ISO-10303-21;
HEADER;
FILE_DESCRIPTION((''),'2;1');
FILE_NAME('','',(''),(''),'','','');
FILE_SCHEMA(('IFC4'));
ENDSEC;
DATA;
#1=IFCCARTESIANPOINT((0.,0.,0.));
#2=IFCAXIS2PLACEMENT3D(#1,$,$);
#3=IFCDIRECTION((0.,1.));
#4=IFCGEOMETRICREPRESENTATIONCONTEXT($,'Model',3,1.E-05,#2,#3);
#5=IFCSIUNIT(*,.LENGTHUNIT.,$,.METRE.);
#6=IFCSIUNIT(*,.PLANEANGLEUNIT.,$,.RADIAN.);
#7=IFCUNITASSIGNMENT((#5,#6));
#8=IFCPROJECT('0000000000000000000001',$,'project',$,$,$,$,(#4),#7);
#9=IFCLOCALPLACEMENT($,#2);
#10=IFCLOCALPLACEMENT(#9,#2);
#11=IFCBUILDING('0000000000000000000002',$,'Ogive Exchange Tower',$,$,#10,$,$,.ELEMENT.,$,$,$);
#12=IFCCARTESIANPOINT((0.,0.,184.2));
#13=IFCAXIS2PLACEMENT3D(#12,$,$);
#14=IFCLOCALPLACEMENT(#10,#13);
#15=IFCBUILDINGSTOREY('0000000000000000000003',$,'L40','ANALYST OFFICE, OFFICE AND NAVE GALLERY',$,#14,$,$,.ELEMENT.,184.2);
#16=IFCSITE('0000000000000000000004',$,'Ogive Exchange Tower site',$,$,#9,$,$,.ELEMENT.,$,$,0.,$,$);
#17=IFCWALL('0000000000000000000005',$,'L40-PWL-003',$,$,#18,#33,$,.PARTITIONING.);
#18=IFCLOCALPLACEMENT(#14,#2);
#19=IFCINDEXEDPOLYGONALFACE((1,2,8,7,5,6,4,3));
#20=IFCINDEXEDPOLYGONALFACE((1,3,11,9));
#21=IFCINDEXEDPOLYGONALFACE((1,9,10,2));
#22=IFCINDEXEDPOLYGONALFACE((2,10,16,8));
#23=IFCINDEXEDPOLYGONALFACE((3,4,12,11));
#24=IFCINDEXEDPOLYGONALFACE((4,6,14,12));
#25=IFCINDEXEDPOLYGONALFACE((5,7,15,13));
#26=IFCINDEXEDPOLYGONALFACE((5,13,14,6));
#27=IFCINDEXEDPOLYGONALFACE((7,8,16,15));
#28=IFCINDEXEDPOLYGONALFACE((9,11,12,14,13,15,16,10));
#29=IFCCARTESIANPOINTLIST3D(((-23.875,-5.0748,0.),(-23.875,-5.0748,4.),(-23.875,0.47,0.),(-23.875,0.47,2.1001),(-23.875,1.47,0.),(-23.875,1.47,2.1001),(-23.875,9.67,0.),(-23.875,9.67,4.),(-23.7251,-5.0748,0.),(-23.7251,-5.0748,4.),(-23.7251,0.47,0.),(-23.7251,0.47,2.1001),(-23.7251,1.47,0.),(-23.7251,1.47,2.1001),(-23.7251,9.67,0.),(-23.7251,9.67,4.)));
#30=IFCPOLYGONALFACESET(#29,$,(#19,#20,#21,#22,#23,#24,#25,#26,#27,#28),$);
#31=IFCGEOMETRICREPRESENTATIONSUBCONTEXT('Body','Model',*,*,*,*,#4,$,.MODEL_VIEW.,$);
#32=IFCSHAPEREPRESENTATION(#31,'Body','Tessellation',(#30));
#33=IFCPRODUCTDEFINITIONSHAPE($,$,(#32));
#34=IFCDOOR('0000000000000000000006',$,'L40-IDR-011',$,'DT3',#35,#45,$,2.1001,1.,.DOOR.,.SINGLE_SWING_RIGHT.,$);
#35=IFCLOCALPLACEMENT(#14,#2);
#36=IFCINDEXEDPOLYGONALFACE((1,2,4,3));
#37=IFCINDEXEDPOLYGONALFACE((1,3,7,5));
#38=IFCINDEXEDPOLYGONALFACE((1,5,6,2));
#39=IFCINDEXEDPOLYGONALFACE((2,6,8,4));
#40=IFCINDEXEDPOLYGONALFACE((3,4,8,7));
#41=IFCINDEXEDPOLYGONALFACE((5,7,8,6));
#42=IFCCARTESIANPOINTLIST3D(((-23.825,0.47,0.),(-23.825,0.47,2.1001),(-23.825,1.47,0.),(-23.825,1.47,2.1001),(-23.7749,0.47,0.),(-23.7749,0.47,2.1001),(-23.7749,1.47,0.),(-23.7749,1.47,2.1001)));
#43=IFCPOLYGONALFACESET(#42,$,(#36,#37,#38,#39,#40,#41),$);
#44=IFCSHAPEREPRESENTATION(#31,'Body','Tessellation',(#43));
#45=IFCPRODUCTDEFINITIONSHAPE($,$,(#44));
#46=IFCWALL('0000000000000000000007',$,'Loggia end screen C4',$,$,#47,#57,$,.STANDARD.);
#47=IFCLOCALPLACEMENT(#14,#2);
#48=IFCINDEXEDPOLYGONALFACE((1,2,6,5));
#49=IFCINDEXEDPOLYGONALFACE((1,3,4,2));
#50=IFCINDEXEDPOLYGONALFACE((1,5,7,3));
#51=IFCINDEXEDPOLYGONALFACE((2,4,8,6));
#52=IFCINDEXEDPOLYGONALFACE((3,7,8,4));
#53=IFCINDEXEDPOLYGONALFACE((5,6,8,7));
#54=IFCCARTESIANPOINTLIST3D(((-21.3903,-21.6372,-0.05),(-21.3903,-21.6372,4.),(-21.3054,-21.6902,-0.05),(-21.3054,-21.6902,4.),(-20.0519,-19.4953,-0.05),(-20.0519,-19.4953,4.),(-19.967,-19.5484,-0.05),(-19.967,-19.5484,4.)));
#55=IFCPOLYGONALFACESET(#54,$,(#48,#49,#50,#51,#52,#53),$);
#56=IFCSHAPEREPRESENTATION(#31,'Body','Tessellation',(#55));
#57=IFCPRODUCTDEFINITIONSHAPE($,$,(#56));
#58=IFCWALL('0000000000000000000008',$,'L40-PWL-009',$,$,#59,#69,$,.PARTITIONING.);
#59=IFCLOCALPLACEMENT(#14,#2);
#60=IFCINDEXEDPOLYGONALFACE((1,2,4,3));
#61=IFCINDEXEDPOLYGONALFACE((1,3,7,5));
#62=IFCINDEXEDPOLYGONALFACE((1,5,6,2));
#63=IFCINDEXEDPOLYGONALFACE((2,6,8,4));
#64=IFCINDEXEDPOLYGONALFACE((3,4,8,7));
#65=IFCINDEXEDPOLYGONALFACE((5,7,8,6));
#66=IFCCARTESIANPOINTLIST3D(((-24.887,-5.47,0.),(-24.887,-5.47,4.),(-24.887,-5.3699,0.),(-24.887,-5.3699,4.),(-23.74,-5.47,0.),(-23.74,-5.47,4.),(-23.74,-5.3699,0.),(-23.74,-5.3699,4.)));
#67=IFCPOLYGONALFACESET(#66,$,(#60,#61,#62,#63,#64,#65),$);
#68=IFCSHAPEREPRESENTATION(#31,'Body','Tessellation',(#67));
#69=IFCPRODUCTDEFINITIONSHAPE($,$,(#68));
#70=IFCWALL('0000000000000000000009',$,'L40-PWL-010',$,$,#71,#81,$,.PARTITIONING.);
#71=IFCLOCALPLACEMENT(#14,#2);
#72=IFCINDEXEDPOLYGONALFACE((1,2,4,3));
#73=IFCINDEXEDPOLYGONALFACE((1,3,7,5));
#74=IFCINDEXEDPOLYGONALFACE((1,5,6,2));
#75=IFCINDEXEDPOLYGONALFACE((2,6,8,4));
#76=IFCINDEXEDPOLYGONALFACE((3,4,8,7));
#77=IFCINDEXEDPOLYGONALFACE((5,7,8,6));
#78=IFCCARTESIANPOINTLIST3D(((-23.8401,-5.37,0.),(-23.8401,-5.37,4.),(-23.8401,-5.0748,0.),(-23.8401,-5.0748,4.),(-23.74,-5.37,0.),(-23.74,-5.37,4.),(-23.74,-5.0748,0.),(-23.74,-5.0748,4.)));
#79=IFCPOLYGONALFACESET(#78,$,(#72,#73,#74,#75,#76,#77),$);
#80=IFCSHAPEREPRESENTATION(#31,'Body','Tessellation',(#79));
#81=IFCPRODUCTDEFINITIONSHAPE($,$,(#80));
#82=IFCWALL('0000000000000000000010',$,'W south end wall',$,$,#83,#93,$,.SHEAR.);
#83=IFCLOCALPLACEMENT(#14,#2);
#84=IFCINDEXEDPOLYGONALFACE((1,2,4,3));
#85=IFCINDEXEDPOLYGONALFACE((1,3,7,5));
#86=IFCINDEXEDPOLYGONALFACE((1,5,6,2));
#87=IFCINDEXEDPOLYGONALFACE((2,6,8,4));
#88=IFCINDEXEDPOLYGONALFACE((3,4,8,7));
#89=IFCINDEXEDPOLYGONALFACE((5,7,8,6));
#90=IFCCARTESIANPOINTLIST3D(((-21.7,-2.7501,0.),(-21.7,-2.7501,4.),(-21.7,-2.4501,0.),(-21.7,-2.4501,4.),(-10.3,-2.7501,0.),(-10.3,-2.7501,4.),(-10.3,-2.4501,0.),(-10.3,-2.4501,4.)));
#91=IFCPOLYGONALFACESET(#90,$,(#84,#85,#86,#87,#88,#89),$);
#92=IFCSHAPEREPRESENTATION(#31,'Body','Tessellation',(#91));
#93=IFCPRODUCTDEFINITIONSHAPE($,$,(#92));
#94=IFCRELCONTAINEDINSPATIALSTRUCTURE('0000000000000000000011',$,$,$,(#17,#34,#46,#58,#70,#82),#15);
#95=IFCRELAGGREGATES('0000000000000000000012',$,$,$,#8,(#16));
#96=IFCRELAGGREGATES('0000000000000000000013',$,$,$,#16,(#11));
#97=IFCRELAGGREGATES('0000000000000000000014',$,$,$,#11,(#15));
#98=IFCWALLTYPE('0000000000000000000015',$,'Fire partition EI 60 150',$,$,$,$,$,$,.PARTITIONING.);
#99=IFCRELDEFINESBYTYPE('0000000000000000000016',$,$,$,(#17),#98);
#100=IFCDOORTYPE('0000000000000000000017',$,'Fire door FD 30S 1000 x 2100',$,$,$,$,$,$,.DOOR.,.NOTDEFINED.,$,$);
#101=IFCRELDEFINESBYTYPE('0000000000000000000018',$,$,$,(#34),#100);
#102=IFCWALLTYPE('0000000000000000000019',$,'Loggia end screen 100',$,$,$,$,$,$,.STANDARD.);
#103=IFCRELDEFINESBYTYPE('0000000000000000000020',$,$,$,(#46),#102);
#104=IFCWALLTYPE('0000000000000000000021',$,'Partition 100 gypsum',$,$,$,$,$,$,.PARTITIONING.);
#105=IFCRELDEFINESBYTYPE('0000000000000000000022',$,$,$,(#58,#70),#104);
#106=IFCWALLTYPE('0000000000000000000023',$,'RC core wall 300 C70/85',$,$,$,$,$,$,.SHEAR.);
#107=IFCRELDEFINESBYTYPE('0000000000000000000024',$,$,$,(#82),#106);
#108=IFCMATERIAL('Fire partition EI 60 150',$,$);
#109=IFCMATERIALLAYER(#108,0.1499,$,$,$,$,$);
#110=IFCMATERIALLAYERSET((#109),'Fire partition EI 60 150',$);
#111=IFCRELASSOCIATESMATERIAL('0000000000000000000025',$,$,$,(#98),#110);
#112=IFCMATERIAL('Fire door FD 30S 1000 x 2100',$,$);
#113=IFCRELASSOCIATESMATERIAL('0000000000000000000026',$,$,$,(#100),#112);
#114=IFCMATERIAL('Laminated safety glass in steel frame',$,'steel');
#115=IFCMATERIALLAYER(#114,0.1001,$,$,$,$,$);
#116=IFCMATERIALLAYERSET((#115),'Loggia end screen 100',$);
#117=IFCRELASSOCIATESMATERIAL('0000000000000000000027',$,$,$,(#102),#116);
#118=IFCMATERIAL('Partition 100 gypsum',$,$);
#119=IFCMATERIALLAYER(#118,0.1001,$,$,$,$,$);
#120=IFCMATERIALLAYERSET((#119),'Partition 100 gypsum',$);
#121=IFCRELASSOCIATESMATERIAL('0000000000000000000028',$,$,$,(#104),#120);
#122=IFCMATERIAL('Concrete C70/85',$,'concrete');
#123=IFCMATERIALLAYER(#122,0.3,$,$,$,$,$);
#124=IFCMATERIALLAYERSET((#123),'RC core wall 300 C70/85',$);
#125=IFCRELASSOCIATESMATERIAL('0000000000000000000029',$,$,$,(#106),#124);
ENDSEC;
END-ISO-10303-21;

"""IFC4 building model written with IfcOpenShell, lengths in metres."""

from ifc_helpers import new_model, si_unit, direction, frame, frame_2d, origin, place, context, subcontext, project, spatial, rectangle, extrude, material, layer, layer_set, type_object, element, fill, save


model = new_model("IFC4")

# Units and contexts
model_context = context("Model", 3, precision=1e-05, world=origin(), true_north=direction((0.0, 1.0)))
body_context = subcontext(model_context, "Body", "Model", "MODEL_VIEW")
ifc_project = project(units=[si_unit("LENGTHUNIT", "METRE"), si_unit("PLANEANGLEUNIT", "RADIAN")], contexts=[model_context])

# Site, building, storey
site_placement = place(None, origin())
site = spatial("IfcSite", under=ifc_project, at=site_placement, Name="Ogive Exchange Tower site", CompositionType="ELEMENT", RefElevation=0.0)
building_placement = place(site_placement, origin())
building = spatial("IfcBuilding", under=site, at=building_placement, Name="Ogive Exchange Tower", CompositionType="ELEMENT")
storey_placement = place(building_placement, frame((0.0, 0.0, 184.2)))
storey = spatial("IfcBuildingStorey", under=building, at=storey_placement, Name="L40", Description="ANALYST OFFICE, OFFICE AND NAVE GALLERY", CompositionType="ELEMENT", Elevation=184.2)

# Wall, opening, door
ifc_material_1 = material(Name="Fire partition EI 60 150")
ifc_layer_1 = layer(ifc_material_1, 0.1499)
ifc_layer_set_1 = layer_set([ifc_layer_1], Name="Fire partition EI 60 150")
wall_type_1 = type_object("IfcWallType", Name="Fire partition EI 60 150", PredefinedType="PARTITIONING", material=ifc_layer_set_1)
wall_1_placement = place(storey_placement, frame((-23.8, -5.075, 0.0), z_axis=(0.0, 0.0, 1.0), x_axis=(0.0, 1.0, 0.0)))
wall_1 = element("IfcWall", 1, at=wall_1_placement, inside=storey, type_object=wall_type_1, Name="L40-PWL-003", PredefinedType="PARTITIONING", context=body_context, shape_type="SweptSolid", body=[
    extrude(rectangle(XDim=14.7449, YDim=0.1499, at=frame_2d((7.3726, 0.0))), origin(), (0.0, 0.0, 1.0), 4.0),
])
opening_placement = place(wall_1_placement, frame((5.5449, 0.0, 0.0)))
opening = element("IfcOpeningElement", 2, at=opening_placement, cuts=wall_1, PredefinedType="OPENING", context=body_context, shape_type="SweptSolid", body=[
    extrude(rectangle(XDim=1.0, YDim=2.1001, at=frame_2d((0.5, 1.05))), frame((0.0, 0.085, 0.0), z_axis=(0.0, -1.0, 0.0), x_axis=(1.0, 0.0, 0.0)), (0.0, 0.0, 1.0), 0.1699),
])
ifc_material_2 = material(Name="Fire door FD 30S 1000 x 2100")
door_type = type_object("IfcDoorType", Name="Fire door FD 30S 1000 x 2100", OperationType="NOTDEFINED", PredefinedType="DOOR", material=ifc_material_2)
door_placement = place(opening_placement, origin())
door = element("IfcDoor", 3, at=door_placement, inside=storey, type_object=door_type, Name="L40-IDR-011", ObjectType="DT3", OperationType="SINGLE_SWING_RIGHT", OverallHeight=2.1001, OverallWidth=1.0, PredefinedType="DOOR", context=body_context, shape_type="SweptSolid", body=[
    extrude(rectangle(XDim=1.0, YDim=2.1001, at=frame_2d((0.5, 1.05))), frame((0.0, 0.0249, 0.0), z_axis=(0.0, -1.0, 0.0), x_axis=(1.0, 0.0, 0.0)), (0.0, 0.0, 1.0), 0.05),
])
fill(opening, door)

# Walls
ifc_material_3 = material(Name="Laminated safety glass in steel frame", Category="steel")
ifc_layer_2 = layer(ifc_material_3, 0.1001)
ifc_layer_set_2 = layer_set([ifc_layer_2], Name="Loggia end screen 100")
wall_type_2 = type_object("IfcWallType", Name="Loggia end screen 100", PredefinedType="STANDARD", material=ifc_layer_set_2)
wall_2_placement = place(storey_placement, frame((-20.0095, -19.522, -0.05), z_axis=(0.0, 0.0, 1.0), x_axis=(-0.529921, -0.848047, 0.0)))
element("IfcWall", 4, at=wall_2_placement, inside=storey, type_object=wall_type_2, Name="Loggia end screen C4", PredefinedType="STANDARD", context=body_context, shape_type="SweptSolid", body=[
    extrude(rectangle(XDim=2.5256, YDim=0.1001, at=frame_2d((1.2627, 0.0))), origin(), (0.0, 0.0, 1.0), 4.05),
])
ifc_material_4 = material(Name="Partition 100 gypsum")
ifc_layer_3 = layer(ifc_material_4, 0.1001)
ifc_layer_set_3 = layer_set([ifc_layer_3], Name="Partition 100 gypsum")
wall_type_3 = type_object("IfcWallType", Name="Partition 100 gypsum", PredefinedType="PARTITIONING", material=ifc_layer_set_3)
wall_3_placement = place(storey_placement, frame((-23.74, -5.4199, 0.0), z_axis=(0.0, 0.0, 1.0), x_axis=(-1.0, 0.0, 0.0)))
element("IfcWall", 5, at=wall_3_placement, inside=storey, type_object=wall_type_3, Name="L40-PWL-009", PredefinedType="PARTITIONING", context=body_context, shape_type="SweptSolid", body=[
    extrude(rectangle(XDim=1.147, YDim=0.1001, at=frame_2d((0.5735, 0.0))), origin(), (0.0, 0.0, 1.0), 4.0),
])
wall_4_placement = place(storey_placement, frame((-23.79, -5.075, 0.0), z_axis=(0.0, 0.0, 1.0), x_axis=(0.0, -1.0, 0.0)))
element("IfcWall", 6, at=wall_4_placement, inside=storey, type_object=wall_type_3, Name="L40-PWL-010", PredefinedType="PARTITIONING", context=body_context, shape_type="SweptSolid", body=[
    extrude(rectangle(XDim=0.2952, YDim=0.1001, at=frame_2d((0.1475, 0.0))), origin(), (0.0, 0.0, 1.0), 4.0),
])
ifc_material_5 = material(Name="Concrete C70/85", Category="concrete")
ifc_layer_4 = layer(ifc_material_5, 0.3)
ifc_layer_set_4 = layer_set([ifc_layer_4], Name="RC core wall 300 C70/85")
wall_type_4 = type_object("IfcWallType", Name="RC core wall 300 C70/85", PredefinedType="SHEAR", material=ifc_layer_set_4)
wall_5_placement = place(storey_placement, frame((-21.7, -2.6001, 0.0), z_axis=(0.0, 0.0, 1.0), x_axis=(1.0, 0.0, 0.0)))
element("IfcWall", 7, at=wall_5_placement, inside=storey, type_object=wall_type_4, Name="W south end wall", PredefinedType="SHEAR", context=body_context, shape_type="SweptSolid", body=[
    extrude(rectangle(XDim=11.3999, YDim=0.3, at=frame_2d((5.7, 0.0))), origin(), (0.0, 0.0, 1.0), 4.0),
])

save(model, "model.ifc")
